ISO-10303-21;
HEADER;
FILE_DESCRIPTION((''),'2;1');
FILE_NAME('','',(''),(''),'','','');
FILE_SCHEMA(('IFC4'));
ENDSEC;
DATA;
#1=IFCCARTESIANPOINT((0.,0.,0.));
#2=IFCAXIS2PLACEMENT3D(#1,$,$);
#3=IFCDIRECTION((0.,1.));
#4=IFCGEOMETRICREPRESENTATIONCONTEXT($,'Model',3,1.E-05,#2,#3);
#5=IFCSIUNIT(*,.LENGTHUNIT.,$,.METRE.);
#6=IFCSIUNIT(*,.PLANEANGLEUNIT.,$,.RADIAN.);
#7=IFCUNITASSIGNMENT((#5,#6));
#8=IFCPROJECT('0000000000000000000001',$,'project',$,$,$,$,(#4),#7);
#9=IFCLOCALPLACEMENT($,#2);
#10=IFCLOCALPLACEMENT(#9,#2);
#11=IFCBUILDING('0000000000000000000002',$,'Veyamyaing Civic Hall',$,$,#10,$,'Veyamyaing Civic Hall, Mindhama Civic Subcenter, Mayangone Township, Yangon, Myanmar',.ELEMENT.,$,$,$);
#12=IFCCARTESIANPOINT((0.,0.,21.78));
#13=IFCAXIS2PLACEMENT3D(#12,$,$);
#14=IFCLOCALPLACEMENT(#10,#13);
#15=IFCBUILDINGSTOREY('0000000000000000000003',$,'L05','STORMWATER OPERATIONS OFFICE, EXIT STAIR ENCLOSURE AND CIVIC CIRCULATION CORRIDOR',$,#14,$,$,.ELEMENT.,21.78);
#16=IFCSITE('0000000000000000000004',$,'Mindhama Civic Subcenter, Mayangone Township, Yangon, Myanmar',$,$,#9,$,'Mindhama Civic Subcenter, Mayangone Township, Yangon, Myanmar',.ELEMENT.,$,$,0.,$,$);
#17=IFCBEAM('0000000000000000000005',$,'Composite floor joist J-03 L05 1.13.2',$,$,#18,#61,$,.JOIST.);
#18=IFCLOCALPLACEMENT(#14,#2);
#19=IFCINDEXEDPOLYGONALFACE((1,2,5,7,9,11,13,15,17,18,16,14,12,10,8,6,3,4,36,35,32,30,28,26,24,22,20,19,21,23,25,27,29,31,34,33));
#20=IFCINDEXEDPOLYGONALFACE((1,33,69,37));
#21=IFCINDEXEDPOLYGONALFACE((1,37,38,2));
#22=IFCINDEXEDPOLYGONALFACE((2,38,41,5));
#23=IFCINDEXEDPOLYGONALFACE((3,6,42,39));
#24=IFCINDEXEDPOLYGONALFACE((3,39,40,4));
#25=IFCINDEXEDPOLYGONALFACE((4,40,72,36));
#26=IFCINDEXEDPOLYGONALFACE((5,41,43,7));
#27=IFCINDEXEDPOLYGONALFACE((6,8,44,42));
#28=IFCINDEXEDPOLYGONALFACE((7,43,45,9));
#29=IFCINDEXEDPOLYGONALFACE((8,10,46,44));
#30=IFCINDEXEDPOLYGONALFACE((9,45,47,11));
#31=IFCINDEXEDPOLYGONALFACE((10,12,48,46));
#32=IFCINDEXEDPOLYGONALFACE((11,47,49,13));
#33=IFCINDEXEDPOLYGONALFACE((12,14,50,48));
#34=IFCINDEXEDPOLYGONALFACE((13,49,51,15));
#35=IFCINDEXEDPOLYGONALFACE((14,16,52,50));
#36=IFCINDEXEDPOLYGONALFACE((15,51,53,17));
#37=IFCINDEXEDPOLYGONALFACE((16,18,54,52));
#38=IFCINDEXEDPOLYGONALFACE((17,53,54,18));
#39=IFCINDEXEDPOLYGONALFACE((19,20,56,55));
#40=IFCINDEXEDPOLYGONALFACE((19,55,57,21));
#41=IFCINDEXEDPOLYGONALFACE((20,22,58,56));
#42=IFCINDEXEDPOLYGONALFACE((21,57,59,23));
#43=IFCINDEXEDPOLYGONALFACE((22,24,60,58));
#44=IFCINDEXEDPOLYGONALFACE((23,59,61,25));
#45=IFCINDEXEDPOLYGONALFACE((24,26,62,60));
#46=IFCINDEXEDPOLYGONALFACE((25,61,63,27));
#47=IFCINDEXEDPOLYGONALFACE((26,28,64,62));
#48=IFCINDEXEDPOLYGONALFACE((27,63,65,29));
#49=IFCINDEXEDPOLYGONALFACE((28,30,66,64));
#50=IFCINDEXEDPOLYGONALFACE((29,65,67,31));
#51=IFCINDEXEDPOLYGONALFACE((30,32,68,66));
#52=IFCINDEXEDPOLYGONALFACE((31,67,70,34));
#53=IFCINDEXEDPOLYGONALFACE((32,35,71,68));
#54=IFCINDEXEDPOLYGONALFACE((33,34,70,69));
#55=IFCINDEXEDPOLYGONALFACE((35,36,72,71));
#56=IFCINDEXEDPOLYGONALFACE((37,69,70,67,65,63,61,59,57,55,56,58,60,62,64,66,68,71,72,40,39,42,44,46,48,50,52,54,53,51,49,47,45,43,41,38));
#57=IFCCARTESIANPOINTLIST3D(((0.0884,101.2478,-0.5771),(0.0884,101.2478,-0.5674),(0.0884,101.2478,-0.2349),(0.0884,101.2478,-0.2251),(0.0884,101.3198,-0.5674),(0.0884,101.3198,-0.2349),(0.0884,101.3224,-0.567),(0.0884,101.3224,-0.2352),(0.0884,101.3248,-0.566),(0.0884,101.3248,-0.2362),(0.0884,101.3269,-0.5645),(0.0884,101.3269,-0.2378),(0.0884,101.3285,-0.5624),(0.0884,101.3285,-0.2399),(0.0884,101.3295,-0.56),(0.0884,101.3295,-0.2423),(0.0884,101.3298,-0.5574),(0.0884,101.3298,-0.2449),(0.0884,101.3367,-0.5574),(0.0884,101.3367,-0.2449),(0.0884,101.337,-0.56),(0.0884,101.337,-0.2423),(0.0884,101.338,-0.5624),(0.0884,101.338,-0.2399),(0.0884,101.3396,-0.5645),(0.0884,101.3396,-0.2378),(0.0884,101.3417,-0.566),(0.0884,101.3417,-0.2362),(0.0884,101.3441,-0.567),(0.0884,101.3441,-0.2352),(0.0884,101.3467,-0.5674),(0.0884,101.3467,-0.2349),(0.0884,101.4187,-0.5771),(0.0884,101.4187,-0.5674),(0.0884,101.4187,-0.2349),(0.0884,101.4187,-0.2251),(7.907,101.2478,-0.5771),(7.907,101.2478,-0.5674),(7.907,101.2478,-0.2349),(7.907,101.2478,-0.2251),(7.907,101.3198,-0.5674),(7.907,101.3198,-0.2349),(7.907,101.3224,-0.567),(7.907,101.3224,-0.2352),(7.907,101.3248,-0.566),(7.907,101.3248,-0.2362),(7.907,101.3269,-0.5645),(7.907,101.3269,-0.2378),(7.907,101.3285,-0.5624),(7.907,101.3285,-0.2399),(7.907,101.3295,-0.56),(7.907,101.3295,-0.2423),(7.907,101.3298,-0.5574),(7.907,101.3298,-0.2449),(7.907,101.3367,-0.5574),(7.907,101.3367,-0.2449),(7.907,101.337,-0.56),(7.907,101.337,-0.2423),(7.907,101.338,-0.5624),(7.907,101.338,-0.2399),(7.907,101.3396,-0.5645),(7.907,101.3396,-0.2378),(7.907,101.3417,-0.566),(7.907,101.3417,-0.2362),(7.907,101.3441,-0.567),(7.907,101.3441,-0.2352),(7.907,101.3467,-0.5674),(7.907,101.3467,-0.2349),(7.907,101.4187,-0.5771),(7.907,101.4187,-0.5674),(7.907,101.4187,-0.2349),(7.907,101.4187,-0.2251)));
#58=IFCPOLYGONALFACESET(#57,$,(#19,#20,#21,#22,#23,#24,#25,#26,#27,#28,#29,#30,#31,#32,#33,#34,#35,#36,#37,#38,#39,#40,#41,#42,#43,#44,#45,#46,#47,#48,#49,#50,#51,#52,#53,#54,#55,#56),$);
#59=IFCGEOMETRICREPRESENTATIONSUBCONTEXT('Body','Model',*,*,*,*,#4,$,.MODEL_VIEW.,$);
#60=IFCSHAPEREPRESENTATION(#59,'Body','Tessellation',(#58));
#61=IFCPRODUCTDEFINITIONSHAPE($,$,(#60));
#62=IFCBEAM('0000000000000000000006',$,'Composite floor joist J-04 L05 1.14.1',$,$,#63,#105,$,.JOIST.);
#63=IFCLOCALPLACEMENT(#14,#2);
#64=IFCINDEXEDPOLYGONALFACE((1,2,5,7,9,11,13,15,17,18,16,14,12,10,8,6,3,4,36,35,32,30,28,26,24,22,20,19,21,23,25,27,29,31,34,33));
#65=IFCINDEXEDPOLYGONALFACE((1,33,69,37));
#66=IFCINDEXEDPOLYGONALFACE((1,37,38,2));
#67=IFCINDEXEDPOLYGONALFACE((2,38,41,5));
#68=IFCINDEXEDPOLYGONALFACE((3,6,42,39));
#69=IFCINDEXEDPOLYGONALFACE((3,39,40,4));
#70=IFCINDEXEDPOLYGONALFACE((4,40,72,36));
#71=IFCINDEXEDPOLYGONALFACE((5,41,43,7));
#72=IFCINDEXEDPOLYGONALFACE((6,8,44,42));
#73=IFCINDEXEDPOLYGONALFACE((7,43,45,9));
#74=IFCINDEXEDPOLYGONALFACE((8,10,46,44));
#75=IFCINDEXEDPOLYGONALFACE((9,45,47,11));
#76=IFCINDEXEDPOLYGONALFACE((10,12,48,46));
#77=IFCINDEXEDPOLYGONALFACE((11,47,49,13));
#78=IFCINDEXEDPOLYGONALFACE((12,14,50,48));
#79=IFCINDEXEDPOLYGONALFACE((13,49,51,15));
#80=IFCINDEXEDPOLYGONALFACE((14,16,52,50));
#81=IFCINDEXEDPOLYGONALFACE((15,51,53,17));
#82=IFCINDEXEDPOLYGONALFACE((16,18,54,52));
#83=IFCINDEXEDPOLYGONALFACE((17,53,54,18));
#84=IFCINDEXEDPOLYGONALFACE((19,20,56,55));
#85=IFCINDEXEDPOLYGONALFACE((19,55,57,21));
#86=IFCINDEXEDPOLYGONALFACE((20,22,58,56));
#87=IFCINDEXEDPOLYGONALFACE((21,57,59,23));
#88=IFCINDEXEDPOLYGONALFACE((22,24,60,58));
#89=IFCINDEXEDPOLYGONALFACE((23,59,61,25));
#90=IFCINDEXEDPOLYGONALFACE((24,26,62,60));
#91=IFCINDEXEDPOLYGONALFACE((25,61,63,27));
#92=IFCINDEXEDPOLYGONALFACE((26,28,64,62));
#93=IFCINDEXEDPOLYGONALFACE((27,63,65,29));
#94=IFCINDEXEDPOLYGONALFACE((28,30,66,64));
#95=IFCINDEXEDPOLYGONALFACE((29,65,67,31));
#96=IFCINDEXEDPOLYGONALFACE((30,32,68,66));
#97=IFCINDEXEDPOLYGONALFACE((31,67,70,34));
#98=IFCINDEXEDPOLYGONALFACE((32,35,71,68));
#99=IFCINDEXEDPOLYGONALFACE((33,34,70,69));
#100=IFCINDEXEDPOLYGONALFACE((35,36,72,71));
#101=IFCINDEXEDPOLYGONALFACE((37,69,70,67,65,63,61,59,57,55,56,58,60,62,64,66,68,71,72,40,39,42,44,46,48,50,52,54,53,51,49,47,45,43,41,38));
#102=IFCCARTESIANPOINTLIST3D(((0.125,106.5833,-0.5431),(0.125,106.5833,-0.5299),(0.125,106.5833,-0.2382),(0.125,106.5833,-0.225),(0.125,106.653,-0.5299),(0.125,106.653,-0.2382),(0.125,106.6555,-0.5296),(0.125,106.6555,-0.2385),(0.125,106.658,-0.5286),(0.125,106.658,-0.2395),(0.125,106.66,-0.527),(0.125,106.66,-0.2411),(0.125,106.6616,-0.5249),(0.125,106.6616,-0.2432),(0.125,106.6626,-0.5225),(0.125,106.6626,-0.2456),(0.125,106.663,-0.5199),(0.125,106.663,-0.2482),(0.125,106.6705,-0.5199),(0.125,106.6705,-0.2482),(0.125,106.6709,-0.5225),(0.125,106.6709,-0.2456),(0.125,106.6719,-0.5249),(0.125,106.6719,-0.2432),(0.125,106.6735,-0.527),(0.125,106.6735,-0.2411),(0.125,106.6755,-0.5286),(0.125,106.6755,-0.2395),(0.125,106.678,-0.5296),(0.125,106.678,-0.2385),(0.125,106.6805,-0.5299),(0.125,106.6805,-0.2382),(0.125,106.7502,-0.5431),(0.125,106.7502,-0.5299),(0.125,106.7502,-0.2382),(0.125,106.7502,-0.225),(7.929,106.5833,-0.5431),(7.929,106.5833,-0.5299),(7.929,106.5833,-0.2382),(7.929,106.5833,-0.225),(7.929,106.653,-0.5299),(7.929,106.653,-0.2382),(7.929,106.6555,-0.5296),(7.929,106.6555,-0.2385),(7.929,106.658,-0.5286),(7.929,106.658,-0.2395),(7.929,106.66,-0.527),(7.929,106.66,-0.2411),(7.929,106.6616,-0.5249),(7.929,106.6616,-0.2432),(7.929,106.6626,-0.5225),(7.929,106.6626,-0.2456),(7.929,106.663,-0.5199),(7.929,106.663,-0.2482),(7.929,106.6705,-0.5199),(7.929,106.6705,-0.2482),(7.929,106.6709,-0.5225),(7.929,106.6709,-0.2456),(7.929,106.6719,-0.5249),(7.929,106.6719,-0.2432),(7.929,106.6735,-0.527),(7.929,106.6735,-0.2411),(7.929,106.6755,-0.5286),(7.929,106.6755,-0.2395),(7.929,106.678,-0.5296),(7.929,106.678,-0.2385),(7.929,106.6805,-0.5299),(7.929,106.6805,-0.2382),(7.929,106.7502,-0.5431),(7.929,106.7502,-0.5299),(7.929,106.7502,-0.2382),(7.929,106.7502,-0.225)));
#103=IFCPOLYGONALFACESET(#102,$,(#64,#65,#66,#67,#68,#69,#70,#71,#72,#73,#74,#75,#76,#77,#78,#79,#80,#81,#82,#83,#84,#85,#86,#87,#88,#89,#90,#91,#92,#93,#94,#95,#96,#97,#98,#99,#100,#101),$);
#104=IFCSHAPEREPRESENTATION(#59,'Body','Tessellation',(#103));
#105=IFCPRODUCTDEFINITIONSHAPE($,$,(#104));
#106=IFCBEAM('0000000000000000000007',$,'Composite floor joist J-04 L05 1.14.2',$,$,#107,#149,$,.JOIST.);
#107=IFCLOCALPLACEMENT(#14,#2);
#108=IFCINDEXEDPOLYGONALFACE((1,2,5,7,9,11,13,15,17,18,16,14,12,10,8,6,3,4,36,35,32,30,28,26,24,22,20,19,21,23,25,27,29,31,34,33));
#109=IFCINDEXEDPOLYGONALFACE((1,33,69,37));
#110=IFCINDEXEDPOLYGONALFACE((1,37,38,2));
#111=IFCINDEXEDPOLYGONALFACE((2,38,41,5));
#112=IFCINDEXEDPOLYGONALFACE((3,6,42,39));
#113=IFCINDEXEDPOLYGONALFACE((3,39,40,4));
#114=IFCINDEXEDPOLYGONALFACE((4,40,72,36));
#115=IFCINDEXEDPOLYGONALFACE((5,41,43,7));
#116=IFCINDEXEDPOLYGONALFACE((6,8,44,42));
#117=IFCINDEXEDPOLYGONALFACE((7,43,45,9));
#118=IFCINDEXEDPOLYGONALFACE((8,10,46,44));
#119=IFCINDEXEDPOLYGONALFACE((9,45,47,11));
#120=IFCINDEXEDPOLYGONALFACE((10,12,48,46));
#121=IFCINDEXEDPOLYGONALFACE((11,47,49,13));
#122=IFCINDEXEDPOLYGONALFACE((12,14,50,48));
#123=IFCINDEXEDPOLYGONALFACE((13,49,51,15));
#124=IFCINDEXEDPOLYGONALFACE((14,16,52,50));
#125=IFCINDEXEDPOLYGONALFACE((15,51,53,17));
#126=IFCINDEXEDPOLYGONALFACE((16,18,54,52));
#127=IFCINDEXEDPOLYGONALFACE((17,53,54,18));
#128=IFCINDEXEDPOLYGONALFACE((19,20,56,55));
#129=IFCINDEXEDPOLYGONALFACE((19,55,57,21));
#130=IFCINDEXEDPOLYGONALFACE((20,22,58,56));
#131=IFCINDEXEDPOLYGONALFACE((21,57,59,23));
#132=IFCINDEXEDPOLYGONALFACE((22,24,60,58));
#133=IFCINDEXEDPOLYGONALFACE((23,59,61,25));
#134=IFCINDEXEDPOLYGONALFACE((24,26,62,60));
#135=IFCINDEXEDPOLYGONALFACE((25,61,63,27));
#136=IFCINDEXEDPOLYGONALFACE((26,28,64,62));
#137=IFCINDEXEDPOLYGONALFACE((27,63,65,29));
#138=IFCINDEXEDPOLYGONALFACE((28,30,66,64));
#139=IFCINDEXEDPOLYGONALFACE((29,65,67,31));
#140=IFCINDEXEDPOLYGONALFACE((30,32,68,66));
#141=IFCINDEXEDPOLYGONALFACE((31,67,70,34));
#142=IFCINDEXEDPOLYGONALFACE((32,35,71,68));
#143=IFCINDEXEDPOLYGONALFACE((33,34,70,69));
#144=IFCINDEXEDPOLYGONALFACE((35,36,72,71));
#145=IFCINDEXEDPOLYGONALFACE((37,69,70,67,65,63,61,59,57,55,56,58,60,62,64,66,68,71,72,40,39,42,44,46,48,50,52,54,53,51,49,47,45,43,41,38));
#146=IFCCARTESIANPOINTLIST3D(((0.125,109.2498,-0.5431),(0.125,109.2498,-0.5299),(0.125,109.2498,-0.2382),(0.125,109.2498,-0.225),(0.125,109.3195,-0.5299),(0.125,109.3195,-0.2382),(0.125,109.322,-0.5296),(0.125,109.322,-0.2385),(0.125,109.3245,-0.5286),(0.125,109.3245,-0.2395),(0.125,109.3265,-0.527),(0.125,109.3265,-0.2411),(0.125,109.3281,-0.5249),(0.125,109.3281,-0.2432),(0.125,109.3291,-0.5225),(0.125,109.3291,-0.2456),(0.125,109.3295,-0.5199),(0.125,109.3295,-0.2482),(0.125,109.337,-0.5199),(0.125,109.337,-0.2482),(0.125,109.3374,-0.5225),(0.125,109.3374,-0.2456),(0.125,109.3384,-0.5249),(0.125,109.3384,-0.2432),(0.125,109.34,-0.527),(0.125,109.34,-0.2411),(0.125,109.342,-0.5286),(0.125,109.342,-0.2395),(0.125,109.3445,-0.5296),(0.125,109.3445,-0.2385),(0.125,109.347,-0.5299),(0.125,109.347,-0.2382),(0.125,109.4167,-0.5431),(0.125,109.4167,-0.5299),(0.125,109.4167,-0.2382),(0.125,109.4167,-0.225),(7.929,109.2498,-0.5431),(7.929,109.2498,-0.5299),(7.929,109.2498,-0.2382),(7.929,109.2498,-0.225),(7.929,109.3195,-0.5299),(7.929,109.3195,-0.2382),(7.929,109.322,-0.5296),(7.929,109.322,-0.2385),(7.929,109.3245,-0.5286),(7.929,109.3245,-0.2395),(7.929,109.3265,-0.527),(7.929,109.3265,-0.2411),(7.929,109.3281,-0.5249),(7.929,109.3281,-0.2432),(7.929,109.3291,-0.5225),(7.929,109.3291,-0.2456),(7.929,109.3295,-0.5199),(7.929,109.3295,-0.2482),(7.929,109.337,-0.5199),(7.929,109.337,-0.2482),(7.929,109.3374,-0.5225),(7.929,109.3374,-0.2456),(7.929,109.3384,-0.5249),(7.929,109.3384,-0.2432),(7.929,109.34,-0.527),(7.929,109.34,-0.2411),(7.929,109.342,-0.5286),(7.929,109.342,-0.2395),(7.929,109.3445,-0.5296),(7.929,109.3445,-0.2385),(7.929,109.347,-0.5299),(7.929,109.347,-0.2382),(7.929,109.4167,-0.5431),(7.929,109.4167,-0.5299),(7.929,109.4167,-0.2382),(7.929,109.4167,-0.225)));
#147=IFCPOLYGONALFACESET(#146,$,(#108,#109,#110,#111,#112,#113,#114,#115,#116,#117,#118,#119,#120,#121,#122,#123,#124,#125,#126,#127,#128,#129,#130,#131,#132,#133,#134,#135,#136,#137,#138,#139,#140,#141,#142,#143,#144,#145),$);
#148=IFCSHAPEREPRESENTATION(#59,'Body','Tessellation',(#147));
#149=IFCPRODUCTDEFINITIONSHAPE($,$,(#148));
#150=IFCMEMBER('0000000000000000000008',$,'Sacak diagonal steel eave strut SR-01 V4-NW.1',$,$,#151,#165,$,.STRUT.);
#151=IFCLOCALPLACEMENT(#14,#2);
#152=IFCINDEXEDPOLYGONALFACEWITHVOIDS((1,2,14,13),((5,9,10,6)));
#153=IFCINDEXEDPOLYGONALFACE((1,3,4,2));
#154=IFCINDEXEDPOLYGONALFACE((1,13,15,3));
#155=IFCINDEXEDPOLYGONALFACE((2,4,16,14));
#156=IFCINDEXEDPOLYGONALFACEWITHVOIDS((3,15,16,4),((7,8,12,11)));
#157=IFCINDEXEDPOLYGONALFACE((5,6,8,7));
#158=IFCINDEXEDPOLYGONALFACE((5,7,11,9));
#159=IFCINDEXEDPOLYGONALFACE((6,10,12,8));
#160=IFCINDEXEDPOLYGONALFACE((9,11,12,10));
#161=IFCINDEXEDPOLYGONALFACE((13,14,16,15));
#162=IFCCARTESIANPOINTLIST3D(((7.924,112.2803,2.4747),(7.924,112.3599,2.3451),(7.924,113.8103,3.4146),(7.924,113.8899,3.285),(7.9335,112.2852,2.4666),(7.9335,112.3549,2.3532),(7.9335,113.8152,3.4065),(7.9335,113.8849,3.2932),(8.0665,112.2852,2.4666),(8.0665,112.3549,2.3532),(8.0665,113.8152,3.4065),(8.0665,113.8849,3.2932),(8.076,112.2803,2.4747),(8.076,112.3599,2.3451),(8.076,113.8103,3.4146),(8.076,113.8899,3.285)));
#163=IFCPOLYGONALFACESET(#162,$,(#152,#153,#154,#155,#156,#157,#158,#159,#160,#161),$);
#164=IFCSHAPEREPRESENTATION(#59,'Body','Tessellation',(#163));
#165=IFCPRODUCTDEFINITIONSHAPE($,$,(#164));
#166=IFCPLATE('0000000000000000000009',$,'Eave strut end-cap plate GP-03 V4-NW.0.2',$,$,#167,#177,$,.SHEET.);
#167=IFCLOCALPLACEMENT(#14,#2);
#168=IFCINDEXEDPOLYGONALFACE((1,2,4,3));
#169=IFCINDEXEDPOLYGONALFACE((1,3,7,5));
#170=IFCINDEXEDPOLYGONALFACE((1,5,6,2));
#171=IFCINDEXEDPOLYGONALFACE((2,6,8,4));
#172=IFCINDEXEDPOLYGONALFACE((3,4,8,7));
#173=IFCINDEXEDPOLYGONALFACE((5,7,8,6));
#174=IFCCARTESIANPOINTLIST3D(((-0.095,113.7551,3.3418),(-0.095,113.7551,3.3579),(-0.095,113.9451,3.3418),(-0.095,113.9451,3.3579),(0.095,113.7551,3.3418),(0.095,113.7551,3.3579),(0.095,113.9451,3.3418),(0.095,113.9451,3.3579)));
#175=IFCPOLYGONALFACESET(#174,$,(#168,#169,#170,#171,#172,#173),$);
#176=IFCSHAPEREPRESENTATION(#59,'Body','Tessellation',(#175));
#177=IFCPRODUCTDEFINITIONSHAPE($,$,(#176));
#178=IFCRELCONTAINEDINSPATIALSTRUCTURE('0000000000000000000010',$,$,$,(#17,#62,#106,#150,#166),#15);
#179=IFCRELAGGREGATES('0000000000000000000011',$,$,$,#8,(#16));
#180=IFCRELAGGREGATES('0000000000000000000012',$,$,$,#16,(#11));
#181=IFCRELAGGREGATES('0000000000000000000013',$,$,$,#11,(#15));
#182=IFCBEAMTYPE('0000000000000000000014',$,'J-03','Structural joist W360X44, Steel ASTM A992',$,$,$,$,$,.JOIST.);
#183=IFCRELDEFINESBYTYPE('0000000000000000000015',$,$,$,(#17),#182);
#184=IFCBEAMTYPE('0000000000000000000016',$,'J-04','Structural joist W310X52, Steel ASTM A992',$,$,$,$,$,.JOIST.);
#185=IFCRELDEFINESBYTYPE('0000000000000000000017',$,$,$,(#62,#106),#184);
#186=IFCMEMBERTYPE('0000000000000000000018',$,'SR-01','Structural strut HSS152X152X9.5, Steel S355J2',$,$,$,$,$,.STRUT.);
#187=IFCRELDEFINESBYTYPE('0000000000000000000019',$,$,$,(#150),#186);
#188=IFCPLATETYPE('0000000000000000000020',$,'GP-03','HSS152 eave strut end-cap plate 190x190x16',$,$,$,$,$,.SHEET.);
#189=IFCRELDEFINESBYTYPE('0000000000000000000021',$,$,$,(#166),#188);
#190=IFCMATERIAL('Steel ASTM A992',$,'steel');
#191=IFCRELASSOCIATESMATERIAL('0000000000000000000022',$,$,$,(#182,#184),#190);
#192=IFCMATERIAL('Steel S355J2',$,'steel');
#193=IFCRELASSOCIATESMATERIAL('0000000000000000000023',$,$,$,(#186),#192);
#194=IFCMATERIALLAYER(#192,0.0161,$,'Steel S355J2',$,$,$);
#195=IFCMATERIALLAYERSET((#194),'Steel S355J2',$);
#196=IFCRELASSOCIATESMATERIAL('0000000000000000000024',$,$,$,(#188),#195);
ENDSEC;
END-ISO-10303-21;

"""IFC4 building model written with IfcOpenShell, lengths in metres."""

from ifc_helpers import new_model, si_unit, direction, frame, origin, origin_2d, place, context, subcontext, project, spatial, rectangle, hollow_rectangle, i_section, extrude, material, layer, layer_set, material_profile, profile_set, type_object, element, save


model = new_model("IFC4")

# Units and contexts
model_context = context("Model", 3, precision=1e-05, world=origin(), true_north=direction((0.0, 1.0)))
body_context = subcontext(model_context, "Body", "Model", "MODEL_VIEW")
ifc_project = project(units=[si_unit("LENGTHUNIT", "METRE"), si_unit("PLANEANGLEUNIT", "RADIAN")], contexts=[model_context])

# Site, building, storey
site_placement = place(None, origin())
site = spatial("IfcSite", under=ifc_project, at=site_placement, Name="Mindhama Civic Subcenter, Mayangone Township, Yangon, Myanmar", LongName="Mindhama Civic Subcenter, Mayangone Township, Yangon, Myanmar", CompositionType="ELEMENT", RefElevation=0.0)
building_placement = place(site_placement, origin())
building = spatial("IfcBuilding", under=site, at=building_placement, Name="Veyamyaing Civic Hall", LongName="Veyamyaing Civic Hall, Mindhama Civic Subcenter, Mayangone Township, Yangon, Myanmar", CompositionType="ELEMENT")
storey_placement = place(building_placement, frame((0.0, 0.0, 21.78)))
storey = spatial("IfcBuildingStorey", under=building, at=storey_placement, Name="L05", Description="STORMWATER OPERATIONS OFFICE, EXIT STAIR ENCLOSURE AND CIVIC CIRCULATION CORRIDOR", CompositionType="ELEMENT", Elevation=21.78)

# Beams
ifc_material_1 = material(Name="Steel ASTM A992", Category="steel")
ifc_material_profile_1 = material_profile(ifc_material_1, i_section(OverallWidth=0.1709, OverallDepth=0.3521, WebThickness=0.0068, FlangeThickness=0.0098, FilletRadius=0.01, at=origin_2d()), Name="W360X44")
ifc_profile_set_1 = profile_set([ifc_material_profile_1], Name="Steel ASTM A992")
beam_type_1 = type_object("IfcBeamType", Name="J-03", Description="Structural joist W360X44, Steel ASTM A992", PredefinedType="JOIST", material=ifc_profile_set_1)
beam_1_placement = place(storey_placement, frame((0.0884, 101.3333, -0.4011), z_axis=(1.0, 0.0, 0.0), x_axis=(0.0, 1.0, 0.0)))
element("IfcBeam", 1, at=beam_1_placement, inside=storey, type_object=beam_type_1, Name="Composite floor joist J-03 L05 1.13.2", PredefinedType="JOIST", context=body_context, shape_type="SweptSolid", body=[
    extrude(i_section(OverallWidth=0.1709, OverallDepth=0.3521, WebThickness=0.0068, FlangeThickness=0.0098, FilletRadius=0.01, at=origin_2d()), origin(), (0.0, 0.0, 1.0), 7.8186),
])
ifc_material_profile_2 = material_profile(ifc_material_1, i_section(OverallWidth=0.167, OverallDepth=0.3181, WebThickness=0.0076, FlangeThickness=0.0132, FilletRadius=0.01, at=origin_2d()), Name="W310X52")
ifc_profile_set_2 = profile_set([ifc_material_profile_2], Name="Steel ASTM A992")
beam_type_2 = type_object("IfcBeamType", Name="J-04", Description="Structural joist W310X52, Steel ASTM A992", PredefinedType="JOIST", material=ifc_profile_set_2)
for number, where, z_axis, x_axis, name in (
    (2, (0.125, 106.6667, -0.384), (1.0, 0.0, 0.0), (0.0, 1.0, 0.0), "Composite floor joist J-04 L05 1.14.1"),
    (3, (0.125, 109.3333, -0.384), (1.0, 0.0, 0.0), (0.0, 1.0, 0.0), "Composite floor joist J-04 L05 1.14.2"),
):
    element("IfcBeam", number, at=place(storey_placement, frame(where, z_axis=z_axis, x_axis=x_axis)), inside=storey, type_object=beam_type_2, Name=name, PredefinedType="JOIST", context=body_context, shape_type="SweptSolid", body=[
        extrude(i_section(OverallWidth=0.167, OverallDepth=0.3181, WebThickness=0.0076, FlangeThickness=0.0132, FilletRadius=0.01, at=origin_2d()), origin(), (0.0, 0.0, 1.0), 7.804),
    ])

# Member
ifc_material_2 = material(Name="Steel S355J2", Category="steel")
ifc_material_profile_3 = material_profile(ifc_material_2, hollow_rectangle(XDim=0.1521, YDim=0.1521, WallThickness=0.0095, at=origin_2d()), Name="HSS152X152X9.5")
ifc_profile_set_3 = profile_set([ifc_material_profile_3], Name="Steel S355J2")
member_type = type_object("IfcMemberType", Name="SR-01", Description="Structural strut HSS152X152X9.5, Steel S355J2", PredefinedType="STRUT", material=ifc_profile_set_3)
member_placement = place(storey_placement, frame((8.0, 112.3201, 2.4099), z_axis=(0.0, 0.85206, 0.523445), x_axis=(-1.0, 0.0, 0.0)))
element("IfcMember", 4, at=member_placement, inside=storey, type_object=member_type, Name="Sacak diagonal steel eave strut SR-01 V4-NW.1", PredefinedType="STRUT", context=body_context, shape_type="SweptSolid", body=[
    extrude(hollow_rectangle(XDim=0.1521, YDim=0.1521, WallThickness=0.0095, at=origin_2d()), origin(), (0.0, 0.0, 1.0), 1.7957),
])

# Plate
ifc_layer_1 = layer(ifc_material_2, 0.0161, Name="Steel S355J2")
ifc_layer_set_1 = layer_set([ifc_layer_1], Name="Steel S355J2")
plate_type = type_object("IfcPlateType", Name="GP-03", Description="HSS152 eave strut end-cap plate 190x190x16", PredefinedType="SHEET", material=ifc_layer_set_1)
plate_placement = place(storey_placement, frame((0.0, 113.8501, 3.3418), z_axis=(0.0, 0.0, 1.0), x_axis=(0.0, 1.0, 0.0)))
element("IfcPlate", 5, at=plate_placement, inside=storey, type_object=plate_type, Name="Eave strut end-cap plate GP-03 V4-NW.0.2", PredefinedType="SHEET", context=body_context, shape_type="SweptSolid", body=[
    extrude(rectangle(XDim=0.1899, YDim=0.1899, at=origin_2d()), origin(), (0.0, 0.0, 1.0), 0.0161),
])

save(model, "model.ifc")
